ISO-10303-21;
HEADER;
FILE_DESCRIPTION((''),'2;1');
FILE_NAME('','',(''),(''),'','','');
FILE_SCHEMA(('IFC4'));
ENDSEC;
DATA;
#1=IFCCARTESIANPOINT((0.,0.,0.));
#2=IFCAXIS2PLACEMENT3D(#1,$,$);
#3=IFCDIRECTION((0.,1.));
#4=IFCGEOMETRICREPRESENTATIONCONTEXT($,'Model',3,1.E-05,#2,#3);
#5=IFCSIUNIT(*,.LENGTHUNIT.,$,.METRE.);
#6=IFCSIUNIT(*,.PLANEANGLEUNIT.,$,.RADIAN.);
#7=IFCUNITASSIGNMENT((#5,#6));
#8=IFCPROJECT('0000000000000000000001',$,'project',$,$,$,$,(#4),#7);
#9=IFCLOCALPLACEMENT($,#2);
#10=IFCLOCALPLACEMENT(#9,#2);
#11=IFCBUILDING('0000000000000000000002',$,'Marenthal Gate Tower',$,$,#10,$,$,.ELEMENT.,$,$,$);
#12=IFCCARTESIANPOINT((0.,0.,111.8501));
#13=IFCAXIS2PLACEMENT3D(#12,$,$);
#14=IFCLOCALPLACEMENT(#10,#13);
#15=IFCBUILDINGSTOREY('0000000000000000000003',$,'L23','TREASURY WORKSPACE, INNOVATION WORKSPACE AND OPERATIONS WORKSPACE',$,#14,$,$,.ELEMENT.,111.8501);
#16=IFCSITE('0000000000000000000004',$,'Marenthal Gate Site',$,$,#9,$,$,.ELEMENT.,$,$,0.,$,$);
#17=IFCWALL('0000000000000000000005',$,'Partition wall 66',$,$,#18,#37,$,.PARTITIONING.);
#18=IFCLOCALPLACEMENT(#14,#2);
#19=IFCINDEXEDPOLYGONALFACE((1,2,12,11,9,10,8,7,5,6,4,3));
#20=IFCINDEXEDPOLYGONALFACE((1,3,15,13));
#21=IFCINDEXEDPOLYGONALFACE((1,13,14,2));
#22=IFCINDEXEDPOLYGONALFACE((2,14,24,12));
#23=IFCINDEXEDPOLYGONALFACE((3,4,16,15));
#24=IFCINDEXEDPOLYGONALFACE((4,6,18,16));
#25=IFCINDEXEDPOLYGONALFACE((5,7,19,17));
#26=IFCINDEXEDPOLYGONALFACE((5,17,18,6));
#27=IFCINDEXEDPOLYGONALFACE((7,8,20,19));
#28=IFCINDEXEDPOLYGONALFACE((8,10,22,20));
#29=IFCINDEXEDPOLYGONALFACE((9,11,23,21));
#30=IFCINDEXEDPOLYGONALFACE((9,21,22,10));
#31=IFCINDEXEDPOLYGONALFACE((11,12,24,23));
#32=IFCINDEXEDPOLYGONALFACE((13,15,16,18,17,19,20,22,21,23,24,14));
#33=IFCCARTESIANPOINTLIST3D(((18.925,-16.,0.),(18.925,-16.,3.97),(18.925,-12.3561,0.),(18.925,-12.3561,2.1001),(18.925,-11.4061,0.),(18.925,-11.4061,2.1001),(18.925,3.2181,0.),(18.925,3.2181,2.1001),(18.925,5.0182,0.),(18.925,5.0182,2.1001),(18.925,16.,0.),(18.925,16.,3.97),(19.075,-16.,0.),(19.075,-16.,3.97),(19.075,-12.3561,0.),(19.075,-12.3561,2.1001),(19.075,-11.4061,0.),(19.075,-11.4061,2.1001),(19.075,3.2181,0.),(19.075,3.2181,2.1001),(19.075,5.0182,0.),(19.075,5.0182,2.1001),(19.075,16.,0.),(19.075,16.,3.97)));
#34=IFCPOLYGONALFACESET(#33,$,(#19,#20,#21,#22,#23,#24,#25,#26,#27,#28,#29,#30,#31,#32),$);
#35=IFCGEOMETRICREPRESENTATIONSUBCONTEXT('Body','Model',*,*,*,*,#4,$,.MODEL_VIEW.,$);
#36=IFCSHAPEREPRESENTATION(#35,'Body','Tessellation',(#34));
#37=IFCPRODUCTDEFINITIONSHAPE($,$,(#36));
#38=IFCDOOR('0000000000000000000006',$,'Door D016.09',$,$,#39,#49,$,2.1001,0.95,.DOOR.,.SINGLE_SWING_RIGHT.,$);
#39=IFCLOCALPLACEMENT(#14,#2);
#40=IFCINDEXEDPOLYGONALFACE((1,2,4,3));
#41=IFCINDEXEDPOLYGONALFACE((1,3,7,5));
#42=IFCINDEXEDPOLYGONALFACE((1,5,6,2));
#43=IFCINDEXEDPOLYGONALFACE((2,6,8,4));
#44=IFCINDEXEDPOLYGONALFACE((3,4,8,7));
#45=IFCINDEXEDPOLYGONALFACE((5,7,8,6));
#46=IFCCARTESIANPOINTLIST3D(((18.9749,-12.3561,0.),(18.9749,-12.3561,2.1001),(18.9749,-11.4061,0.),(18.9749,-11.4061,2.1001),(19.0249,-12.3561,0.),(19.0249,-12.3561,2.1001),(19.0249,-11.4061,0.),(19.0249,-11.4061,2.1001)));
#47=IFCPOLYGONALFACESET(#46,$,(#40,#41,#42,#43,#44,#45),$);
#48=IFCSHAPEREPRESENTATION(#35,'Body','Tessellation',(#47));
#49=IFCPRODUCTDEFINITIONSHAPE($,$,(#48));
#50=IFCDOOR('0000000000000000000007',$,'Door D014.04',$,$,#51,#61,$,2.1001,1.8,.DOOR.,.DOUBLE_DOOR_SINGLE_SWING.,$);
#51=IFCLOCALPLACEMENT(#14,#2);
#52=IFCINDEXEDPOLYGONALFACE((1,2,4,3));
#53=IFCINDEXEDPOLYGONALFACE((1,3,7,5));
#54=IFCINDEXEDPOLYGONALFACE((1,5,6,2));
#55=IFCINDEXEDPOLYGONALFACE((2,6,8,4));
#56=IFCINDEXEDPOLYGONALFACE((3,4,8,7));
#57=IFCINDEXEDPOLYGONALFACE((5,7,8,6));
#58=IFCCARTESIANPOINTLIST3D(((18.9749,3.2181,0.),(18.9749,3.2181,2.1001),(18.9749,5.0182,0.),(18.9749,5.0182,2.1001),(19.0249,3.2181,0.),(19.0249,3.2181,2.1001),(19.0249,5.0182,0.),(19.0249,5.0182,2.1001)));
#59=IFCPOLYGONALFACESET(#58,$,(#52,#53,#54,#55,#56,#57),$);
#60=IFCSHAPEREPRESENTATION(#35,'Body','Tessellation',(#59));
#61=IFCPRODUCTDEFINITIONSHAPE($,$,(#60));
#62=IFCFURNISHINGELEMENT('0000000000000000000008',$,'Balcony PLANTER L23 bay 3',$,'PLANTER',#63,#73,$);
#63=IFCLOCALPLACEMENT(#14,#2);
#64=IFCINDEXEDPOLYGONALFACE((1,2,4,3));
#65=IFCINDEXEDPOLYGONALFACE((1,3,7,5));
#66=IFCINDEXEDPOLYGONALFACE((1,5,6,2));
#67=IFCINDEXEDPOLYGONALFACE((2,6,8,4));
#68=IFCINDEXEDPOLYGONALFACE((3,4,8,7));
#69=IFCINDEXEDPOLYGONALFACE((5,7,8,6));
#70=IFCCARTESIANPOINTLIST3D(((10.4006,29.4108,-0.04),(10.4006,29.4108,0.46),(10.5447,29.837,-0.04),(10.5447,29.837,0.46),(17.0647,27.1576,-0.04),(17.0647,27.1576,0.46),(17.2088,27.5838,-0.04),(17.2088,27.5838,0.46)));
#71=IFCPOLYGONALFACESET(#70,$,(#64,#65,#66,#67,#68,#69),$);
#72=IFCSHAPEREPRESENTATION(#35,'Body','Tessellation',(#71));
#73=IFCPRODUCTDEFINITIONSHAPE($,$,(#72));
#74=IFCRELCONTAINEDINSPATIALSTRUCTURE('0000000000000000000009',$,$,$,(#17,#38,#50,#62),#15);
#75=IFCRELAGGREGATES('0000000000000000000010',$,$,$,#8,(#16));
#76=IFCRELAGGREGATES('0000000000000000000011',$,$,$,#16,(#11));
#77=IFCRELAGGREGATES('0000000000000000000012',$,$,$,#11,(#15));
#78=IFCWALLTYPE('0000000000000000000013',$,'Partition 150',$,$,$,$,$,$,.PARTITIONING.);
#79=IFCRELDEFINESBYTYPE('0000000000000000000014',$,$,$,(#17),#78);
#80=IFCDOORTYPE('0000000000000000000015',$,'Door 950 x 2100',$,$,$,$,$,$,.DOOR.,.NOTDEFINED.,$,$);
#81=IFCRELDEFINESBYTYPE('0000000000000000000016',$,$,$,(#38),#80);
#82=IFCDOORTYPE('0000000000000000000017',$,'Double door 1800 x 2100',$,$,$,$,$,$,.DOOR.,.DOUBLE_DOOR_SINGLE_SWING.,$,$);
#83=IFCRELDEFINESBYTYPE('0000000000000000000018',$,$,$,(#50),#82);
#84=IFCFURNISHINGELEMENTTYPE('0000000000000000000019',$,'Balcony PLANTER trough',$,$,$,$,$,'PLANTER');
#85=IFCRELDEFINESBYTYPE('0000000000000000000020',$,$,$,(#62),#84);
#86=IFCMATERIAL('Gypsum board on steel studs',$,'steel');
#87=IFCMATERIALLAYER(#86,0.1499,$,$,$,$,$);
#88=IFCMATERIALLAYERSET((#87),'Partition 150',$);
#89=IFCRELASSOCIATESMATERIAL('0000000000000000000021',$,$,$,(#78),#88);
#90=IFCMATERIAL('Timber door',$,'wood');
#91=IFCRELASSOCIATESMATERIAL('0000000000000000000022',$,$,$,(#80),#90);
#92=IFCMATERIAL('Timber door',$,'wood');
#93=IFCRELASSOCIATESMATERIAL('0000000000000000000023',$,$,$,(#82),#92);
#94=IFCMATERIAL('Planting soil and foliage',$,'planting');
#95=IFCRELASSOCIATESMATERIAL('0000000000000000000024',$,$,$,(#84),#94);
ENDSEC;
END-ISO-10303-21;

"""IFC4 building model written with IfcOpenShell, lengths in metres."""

from ifc_helpers import new_model, si_unit, direction, frame, frame_2d, origin, origin_2d, place, context, subcontext, project, spatial, rectangle, extrude, material, layer, layer_set, type_object, element, fill, save


model = new_model("IFC4")

# Units and contexts
model_context = context("Model", 3, precision=1e-05, world=origin(), true_north=direction((0.0, 1.0)))
body_context = subcontext(model_context, "Body", "Model", "MODEL_VIEW")
ifc_project = project(units=[si_unit("LENGTHUNIT", "METRE"), si_unit("PLANEANGLEUNIT", "RADIAN")], contexts=[model_context])

# Site, building, storey
site_placement = place(None, origin())
site = spatial("IfcSite", under=ifc_project, at=site_placement, Name="Marenthal Gate Site", CompositionType="ELEMENT", RefElevation=0.0)
building_placement = place(site_placement, origin())
building = spatial("IfcBuilding", under=site, at=building_placement, Name="Marenthal Gate Tower", CompositionType="ELEMENT")
storey_placement = place(building_placement, frame((0.0, 0.0, 111.8501)))
storey = spatial("IfcBuildingStorey", under=building, at=storey_placement, Name="L23", Description="TREASURY WORKSPACE, INNOVATION WORKSPACE AND OPERATIONS WORKSPACE", CompositionType="ELEMENT", Elevation=111.8501)

# Wall, openings, doors
ifc_material_1 = material(Name="Gypsum board on steel studs", Category="steel")
ifc_layer_1 = layer(ifc_material_1, 0.1499)
ifc_layer_set_1 = layer_set([ifc_layer_1], Name="Partition 150")
wall_type_1 = type_object("IfcWallType", Name="Partition 150", PredefinedType="PARTITIONING", material=ifc_layer_set_1)
wall_1_placement = place(storey_placement, frame((19.0, 16.0, 0.0), z_axis=(0.0, 0.0, 1.0), x_axis=(0.0, -1.0, 0.0)))
wall_1 = element("IfcWall", 1, at=wall_1_placement, inside=storey, type_object=wall_type_1, Name="Partition wall 66", PredefinedType="PARTITIONING", context=body_context, shape_type="SweptSolid", body=[
    extrude(rectangle(XDim=32.0, YDim=0.1499, at=frame_2d((16.0, 0.0))), origin(), (0.0, 0.0, 1.0), 3.97),
])
opening_1_placement = place(wall_1_placement, frame((27.406, 0.0, 0.0)))
opening_1 = element("IfcOpeningElement", 2, at=opening_1_placement, cuts=wall_1, PredefinedType="OPENING", context=body_context, shape_type="SweptSolid", body=[
    extrude(rectangle(XDim=0.95, YDim=2.1001, at=frame_2d((0.4751, 1.05))), frame((0.0, 0.085, 0.0), z_axis=(0.0, -1.0, 0.0), x_axis=(1.0, 0.0, 0.0)), (0.0, 0.0, 1.0), 0.1699),
])
opening_2_placement = place(wall_1_placement, frame((10.9819, 0.0, 0.0)))
opening_2 = element("IfcOpeningElement", 3, at=opening_2_placement, cuts=wall_1, PredefinedType="OPENING", context=body_context, shape_type="SweptSolid", body=[
    extrude(rectangle(XDim=1.8, YDim=2.1001, at=frame_2d((0.8999, 1.05))), frame((0.0, 0.085, 0.0), z_axis=(0.0, -1.0, 0.0), x_axis=(1.0, 0.0, 0.0)), (0.0, 0.0, 1.0), 0.1699),
])
ifc_material_2 = material(Name="Timber door", Category="wood")
door_type_1 = type_object("IfcDoorType", Name="Door 950 x 2100", OperationType="NOTDEFINED", PredefinedType="DOOR", material=ifc_material_2)
door_1_placement = place(opening_1_placement, origin())
door_1 = element("IfcDoor", 4, at=door_1_placement, inside=storey, type_object=door_type_1, Name="Door D016.09", OperationType="SINGLE_SWING_RIGHT", OverallHeight=2.1001, OverallWidth=0.95, PredefinedType="DOOR", context=body_context, shape_type="SweptSolid", body=[
    extrude(rectangle(XDim=0.95, YDim=2.1001, at=frame_2d((0.4751, 1.05))), frame((0.0, 0.0249, 0.0), z_axis=(0.0, -1.0, 0.0), x_axis=(1.0, 0.0, 0.0)), (0.0, 0.0, 1.0), 0.05),
])
fill(opening_1, door_1)
ifc_material_3 = material(Name="Timber door", Category="wood")
door_type_2 = type_object("IfcDoorType", Name="Double door 1800 x 2100", OperationType="DOUBLE_DOOR_SINGLE_SWING", PredefinedType="DOOR", material=ifc_material_3)
door_2_placement = place(opening_2_placement, origin())
door_2 = element("IfcDoor", 5, at=door_2_placement, inside=storey, type_object=door_type_2, Name="Door D014.04", OperationType="DOUBLE_DOOR_SINGLE_SWING", OverallHeight=2.1001, OverallWidth=1.8, PredefinedType="DOOR", context=body_context, shape_type="SweptSolid", body=[
    extrude(rectangle(XDim=1.8, YDim=2.1001, at=frame_2d((0.8999, 1.05))), frame((0.0, 0.0249, 0.0), z_axis=(0.0, -1.0, 0.0), x_axis=(1.0, 0.0, 0.0)), (0.0, 0.0, 1.0), 0.05),
])
fill(opening_2, door_2)

# Furnishing element
ifc_material_4 = material(Name="Planting soil and foliage", Category="planting")
furnishing_element_type = type_object("IfcFurnishingElementType", Name="Balcony PLANTER trough", ElementType="PLANTER", material=ifc_material_4)
furnishing_placement = place(storey_placement, frame((13.8047, 28.4973, -0.04), z_axis=(0.0, 0.0, 1.0), x_axis=(-0.947316, 0.3203, 0.0)))
element("IfcFurnishingElement", 6, at=furnishing_placement, inside=storey, type_object=furnishing_element_type, Name="Balcony PLANTER L23 bay 3", ObjectType="PLANTER", context=body_context, shape_type="SweptSolid", body=[
    extrude(rectangle(XDim=7.0347, YDim=0.45, at=origin_2d()), origin(), (0.0, 0.0, 1.0), 0.5),
])

save(model, "model.ifc")
